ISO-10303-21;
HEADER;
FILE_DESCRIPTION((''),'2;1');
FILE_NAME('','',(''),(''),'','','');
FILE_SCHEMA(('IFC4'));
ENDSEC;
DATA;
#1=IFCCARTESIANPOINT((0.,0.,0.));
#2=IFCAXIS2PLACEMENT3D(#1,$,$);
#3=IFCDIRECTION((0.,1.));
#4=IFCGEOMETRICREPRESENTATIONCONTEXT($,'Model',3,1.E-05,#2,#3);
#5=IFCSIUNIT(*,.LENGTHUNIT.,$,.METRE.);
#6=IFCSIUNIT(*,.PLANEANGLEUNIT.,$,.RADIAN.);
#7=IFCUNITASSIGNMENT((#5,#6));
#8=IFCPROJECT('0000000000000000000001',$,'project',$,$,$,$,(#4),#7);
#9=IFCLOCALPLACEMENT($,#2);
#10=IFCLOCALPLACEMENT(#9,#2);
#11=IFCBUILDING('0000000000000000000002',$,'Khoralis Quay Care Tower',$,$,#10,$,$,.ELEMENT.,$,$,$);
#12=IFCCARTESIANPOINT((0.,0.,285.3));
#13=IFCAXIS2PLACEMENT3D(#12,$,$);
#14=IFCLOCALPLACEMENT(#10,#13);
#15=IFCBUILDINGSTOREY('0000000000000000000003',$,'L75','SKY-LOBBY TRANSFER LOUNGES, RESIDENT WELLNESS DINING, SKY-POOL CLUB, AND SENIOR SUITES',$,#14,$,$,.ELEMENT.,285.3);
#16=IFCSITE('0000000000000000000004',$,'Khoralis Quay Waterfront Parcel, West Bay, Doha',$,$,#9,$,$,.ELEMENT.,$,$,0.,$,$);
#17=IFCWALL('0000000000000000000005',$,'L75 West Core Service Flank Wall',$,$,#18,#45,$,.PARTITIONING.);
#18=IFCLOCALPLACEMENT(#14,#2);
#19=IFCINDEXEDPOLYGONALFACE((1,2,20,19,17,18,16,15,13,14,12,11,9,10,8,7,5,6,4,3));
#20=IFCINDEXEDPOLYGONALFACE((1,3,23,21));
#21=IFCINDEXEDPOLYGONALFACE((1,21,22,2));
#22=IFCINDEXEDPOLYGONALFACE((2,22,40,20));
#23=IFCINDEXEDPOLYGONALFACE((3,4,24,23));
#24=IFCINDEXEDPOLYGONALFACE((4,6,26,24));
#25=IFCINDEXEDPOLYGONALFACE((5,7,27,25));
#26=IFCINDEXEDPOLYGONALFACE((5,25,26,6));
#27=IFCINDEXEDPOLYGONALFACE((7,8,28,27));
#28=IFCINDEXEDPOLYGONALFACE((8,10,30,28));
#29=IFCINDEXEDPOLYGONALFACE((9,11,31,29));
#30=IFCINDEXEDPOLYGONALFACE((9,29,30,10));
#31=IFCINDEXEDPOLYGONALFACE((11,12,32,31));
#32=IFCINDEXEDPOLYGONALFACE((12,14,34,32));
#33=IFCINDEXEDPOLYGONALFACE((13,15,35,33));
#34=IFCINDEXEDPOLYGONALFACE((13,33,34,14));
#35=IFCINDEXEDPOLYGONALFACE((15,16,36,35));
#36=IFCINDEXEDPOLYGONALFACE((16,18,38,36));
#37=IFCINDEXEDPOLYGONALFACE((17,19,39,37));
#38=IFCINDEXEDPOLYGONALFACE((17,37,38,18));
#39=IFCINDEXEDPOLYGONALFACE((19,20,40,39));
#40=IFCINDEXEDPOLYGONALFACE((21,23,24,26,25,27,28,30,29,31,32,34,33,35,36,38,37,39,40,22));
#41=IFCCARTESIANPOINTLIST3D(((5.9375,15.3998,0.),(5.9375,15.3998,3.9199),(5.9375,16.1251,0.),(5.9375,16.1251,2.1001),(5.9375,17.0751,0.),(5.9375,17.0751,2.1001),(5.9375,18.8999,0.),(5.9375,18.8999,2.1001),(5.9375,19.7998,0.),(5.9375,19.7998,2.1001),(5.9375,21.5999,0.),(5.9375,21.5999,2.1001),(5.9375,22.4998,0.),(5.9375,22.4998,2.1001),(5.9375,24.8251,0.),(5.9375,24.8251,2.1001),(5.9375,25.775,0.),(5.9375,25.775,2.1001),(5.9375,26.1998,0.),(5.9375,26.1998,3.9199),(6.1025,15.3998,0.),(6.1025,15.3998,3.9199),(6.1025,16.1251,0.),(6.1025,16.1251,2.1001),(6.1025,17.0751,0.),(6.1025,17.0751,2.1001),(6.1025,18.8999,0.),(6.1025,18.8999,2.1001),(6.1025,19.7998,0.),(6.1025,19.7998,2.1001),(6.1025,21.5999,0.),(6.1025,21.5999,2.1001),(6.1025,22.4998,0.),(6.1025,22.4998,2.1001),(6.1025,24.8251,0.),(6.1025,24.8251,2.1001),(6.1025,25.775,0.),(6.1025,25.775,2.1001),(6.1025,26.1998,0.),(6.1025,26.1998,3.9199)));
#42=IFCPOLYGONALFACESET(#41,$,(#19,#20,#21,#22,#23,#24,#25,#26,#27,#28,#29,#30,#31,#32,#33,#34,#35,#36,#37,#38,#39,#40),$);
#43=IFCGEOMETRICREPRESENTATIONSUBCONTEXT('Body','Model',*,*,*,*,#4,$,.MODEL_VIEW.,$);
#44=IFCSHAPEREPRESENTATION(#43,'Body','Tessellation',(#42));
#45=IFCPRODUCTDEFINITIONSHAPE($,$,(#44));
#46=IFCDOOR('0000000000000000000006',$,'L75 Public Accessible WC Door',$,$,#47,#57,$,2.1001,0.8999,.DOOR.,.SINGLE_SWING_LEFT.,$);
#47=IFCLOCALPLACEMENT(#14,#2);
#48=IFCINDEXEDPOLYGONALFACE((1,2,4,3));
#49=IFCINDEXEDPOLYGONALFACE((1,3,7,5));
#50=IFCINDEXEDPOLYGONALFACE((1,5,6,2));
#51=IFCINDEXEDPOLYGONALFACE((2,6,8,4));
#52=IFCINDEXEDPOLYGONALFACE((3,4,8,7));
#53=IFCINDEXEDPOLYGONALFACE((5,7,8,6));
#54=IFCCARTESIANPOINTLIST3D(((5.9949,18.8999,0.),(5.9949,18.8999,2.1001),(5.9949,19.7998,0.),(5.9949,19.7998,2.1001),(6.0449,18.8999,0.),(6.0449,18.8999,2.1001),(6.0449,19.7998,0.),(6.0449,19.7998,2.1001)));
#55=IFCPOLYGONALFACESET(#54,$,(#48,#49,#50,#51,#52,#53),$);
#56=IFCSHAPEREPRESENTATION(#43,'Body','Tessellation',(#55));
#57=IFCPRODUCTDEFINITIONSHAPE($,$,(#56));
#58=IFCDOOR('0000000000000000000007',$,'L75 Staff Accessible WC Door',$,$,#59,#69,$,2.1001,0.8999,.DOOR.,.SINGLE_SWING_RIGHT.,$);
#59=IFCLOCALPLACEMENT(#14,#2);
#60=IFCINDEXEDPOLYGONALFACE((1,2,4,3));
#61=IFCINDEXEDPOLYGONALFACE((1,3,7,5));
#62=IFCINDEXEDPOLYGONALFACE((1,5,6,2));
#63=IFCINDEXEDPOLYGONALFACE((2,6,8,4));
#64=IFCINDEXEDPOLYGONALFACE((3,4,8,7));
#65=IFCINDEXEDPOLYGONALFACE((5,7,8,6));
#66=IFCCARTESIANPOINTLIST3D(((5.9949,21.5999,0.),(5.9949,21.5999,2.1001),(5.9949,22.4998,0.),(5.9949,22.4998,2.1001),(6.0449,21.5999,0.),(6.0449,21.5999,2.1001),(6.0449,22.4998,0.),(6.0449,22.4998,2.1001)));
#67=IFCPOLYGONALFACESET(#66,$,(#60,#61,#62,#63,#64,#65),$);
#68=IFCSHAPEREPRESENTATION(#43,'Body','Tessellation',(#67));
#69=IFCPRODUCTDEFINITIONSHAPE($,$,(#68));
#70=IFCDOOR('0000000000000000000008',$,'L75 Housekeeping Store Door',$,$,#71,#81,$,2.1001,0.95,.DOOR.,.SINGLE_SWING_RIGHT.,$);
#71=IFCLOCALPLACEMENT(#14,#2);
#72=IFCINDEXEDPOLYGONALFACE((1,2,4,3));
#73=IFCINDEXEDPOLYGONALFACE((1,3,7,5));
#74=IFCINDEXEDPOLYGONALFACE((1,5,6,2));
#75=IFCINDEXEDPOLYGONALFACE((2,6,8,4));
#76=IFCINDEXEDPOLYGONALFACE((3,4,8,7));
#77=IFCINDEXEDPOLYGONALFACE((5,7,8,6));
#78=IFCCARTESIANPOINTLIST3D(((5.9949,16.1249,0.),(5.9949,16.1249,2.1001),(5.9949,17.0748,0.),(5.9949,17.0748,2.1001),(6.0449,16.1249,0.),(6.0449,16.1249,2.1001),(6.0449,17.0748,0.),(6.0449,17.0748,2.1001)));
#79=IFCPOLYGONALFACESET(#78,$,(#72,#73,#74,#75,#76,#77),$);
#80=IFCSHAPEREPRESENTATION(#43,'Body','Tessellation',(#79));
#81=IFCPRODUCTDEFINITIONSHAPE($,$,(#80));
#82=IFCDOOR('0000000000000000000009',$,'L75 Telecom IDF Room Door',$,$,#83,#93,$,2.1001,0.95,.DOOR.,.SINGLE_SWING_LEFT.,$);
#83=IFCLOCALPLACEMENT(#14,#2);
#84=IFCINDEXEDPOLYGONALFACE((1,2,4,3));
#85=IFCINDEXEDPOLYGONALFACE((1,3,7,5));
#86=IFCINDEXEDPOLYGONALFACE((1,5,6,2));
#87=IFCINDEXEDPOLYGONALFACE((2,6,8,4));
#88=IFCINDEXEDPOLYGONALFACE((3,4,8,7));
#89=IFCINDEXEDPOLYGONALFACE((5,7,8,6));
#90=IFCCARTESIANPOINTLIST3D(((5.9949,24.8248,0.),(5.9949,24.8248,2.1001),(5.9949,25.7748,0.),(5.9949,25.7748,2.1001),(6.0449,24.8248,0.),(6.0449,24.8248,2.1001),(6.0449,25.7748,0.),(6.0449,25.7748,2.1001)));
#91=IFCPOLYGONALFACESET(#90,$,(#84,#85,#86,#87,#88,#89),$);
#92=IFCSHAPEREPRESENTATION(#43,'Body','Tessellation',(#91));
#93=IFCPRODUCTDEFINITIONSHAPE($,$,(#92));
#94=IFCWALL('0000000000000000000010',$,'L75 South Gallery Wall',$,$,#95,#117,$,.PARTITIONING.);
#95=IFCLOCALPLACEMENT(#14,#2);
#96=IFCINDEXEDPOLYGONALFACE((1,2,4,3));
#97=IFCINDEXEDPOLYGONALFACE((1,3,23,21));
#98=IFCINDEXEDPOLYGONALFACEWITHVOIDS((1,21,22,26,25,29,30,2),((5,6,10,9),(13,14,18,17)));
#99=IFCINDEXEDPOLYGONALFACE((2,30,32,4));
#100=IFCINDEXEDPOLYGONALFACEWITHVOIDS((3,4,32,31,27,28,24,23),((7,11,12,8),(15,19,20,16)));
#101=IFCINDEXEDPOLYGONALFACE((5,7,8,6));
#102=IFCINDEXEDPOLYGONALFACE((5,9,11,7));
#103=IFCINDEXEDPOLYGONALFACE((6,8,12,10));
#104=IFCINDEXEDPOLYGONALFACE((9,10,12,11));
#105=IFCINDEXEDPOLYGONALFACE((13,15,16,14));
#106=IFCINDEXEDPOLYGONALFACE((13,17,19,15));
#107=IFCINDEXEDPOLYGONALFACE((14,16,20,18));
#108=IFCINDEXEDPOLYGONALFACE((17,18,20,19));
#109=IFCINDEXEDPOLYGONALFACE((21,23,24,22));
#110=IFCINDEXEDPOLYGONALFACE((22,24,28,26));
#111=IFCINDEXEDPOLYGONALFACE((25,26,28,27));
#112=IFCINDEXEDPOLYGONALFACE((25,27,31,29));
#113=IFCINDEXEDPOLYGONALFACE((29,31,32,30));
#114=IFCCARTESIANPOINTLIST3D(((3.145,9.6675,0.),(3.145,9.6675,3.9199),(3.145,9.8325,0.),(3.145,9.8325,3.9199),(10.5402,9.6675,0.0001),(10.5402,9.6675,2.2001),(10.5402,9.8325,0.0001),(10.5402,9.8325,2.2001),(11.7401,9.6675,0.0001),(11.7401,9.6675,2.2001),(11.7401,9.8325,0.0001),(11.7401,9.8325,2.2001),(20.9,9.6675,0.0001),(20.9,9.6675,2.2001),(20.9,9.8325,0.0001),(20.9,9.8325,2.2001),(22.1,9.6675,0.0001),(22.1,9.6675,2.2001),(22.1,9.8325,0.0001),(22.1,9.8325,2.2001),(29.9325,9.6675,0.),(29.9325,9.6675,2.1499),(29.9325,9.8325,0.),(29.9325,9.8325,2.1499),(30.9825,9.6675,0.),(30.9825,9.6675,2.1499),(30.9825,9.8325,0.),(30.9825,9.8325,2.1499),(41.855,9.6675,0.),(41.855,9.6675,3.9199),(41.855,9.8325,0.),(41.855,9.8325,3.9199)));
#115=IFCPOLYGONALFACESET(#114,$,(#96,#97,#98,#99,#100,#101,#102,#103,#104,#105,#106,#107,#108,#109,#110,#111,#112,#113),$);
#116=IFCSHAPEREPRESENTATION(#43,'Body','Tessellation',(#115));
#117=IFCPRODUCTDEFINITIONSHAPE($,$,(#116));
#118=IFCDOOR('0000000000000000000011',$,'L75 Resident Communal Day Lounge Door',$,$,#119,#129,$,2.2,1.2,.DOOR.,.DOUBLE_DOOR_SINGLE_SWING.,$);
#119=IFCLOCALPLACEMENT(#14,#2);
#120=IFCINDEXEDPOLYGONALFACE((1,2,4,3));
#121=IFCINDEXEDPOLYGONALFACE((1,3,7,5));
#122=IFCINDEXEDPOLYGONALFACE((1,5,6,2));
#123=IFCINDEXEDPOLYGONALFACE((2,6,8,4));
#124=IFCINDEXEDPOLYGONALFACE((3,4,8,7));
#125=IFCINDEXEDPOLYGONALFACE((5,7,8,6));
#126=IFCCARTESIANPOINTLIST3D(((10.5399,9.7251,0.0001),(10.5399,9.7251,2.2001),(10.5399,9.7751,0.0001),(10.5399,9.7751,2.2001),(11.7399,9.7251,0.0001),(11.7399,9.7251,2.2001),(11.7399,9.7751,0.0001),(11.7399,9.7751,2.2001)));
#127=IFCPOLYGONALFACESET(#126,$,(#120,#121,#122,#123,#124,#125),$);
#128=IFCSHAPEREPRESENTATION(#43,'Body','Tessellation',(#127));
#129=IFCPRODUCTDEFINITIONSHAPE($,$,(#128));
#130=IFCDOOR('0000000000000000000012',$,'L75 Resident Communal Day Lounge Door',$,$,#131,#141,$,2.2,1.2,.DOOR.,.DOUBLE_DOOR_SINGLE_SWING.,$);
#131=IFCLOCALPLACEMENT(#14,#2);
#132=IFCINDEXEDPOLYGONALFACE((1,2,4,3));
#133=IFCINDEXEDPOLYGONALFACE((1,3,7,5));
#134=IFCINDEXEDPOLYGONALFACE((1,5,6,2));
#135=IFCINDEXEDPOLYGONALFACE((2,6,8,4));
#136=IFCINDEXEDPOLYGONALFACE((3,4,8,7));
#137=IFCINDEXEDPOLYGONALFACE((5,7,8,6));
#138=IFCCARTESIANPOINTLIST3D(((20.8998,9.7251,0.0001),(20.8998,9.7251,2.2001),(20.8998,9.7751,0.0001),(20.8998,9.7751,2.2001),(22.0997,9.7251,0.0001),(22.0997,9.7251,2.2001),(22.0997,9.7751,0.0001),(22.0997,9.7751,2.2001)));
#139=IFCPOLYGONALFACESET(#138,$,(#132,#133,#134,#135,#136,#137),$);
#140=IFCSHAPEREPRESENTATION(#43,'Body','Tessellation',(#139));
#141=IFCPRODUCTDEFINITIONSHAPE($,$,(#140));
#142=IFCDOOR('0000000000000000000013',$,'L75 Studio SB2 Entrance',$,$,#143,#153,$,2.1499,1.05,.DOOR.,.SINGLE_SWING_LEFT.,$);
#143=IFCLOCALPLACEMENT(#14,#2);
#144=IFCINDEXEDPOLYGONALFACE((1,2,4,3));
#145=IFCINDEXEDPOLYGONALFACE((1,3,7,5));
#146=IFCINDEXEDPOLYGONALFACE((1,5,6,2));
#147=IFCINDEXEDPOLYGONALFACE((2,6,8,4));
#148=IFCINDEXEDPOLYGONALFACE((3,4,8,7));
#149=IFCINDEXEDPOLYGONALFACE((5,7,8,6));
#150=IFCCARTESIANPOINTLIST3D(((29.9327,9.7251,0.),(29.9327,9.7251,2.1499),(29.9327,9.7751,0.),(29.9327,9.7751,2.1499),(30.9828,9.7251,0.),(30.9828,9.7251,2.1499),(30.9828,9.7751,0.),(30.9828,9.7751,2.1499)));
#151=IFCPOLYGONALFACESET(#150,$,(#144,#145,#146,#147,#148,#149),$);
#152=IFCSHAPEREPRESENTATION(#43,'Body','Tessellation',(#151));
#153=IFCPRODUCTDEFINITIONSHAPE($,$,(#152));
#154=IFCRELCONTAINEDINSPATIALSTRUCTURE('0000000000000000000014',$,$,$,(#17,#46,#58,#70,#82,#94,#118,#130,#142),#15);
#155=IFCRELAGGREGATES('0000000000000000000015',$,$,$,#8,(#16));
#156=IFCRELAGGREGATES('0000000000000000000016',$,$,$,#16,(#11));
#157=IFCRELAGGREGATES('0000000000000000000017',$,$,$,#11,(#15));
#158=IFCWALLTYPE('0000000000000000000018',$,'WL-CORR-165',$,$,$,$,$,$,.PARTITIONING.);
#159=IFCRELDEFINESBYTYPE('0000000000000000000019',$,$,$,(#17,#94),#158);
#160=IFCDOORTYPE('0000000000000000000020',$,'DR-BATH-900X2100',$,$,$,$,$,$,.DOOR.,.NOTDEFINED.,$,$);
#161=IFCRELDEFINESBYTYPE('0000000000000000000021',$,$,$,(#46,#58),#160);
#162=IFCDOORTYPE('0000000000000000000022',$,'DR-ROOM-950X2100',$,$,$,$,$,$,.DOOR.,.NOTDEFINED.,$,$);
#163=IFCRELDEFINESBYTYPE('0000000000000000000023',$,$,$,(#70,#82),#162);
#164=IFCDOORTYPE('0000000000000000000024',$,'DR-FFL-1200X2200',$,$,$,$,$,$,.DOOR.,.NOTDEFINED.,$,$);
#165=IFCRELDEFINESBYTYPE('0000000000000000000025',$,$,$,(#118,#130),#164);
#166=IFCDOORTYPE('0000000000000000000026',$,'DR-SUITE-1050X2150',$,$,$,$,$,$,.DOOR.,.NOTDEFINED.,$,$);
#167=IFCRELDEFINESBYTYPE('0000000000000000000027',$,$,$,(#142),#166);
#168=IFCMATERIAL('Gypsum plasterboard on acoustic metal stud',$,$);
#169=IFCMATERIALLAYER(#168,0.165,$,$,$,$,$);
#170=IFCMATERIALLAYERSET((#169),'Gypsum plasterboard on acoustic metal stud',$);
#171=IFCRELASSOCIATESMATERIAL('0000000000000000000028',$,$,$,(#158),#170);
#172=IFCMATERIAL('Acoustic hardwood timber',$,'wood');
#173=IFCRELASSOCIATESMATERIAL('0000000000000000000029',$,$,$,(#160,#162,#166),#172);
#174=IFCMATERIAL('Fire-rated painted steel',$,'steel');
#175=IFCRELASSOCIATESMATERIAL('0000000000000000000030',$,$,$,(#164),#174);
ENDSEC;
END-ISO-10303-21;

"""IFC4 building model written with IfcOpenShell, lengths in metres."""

from ifc_helpers import new_model, si_unit, direction, frame, frame_2d, origin, place, context, subcontext, project, spatial, rectangle, extrude, source, transform, mapped, material, layer, layer_set, type_object, element, fill, save


model = new_model("IFC4")

# Units and contexts
model_context = context("Model", 3, precision=1e-05, world=origin(), true_north=direction((0.0, 1.0)))
body_context = subcontext(model_context, "Body", "Model", "MODEL_VIEW")
ifc_project = project(units=[si_unit("LENGTHUNIT", "METRE"), si_unit("PLANEANGLEUNIT", "RADIAN")], contexts=[model_context])

# Site, building, storey
site_placement = place(None, origin())
site = spatial("IfcSite", under=ifc_project, at=site_placement, Name="Khoralis Quay Waterfront Parcel, West Bay, Doha", CompositionType="ELEMENT", RefElevation=0.0)
building_placement = place(site_placement, origin())
building = spatial("IfcBuilding", under=site, at=building_placement, Name="Khoralis Quay Care Tower", CompositionType="ELEMENT")
storey_placement = place(building_placement, frame((0.0, 0.0, 285.3)))
storey = spatial("IfcBuildingStorey", under=building, at=storey_placement, Name="L75", Description="SKY-LOBBY TRANSFER LOUNGES, RESIDENT WELLNESS DINING, SKY-POOL CLUB, AND SENIOR SUITES", CompositionType="ELEMENT", Elevation=285.3)

# Walls, openings, doors
ifc_material_1 = material(Name="Gypsum plasterboard on acoustic metal stud")
ifc_layer_1 = layer(ifc_material_1, 0.165)
ifc_layer_set_1 = layer_set([ifc_layer_1], Name="Gypsum plasterboard on acoustic metal stud")
wall_type_1 = type_object("IfcWallType", Name="WL-CORR-165", PredefinedType="PARTITIONING", material=ifc_layer_set_1)
wall_1_placement = place(storey_placement, frame((6.02, 15.3999, 0.0), z_axis=(0.0, 0.0, 1.0), x_axis=(0.0, 1.0, 0.0)))
wall_1 = element("IfcWall", 1, at=wall_1_placement, inside=storey, type_object=wall_type_1, Name="L75 West Core Service Flank Wall", PredefinedType="PARTITIONING", context=body_context, shape_type="SweptSolid", body=[
    extrude(rectangle(XDim=10.8, YDim=0.165, at=frame_2d((5.3999, 0.0))), origin(), (0.0, 0.0, 1.0), 3.9199),
])
opening_1_placement = place(wall_1_placement, frame((0.7251, 0.0, 0.0)))
opening_1 = element("IfcOpeningElement", 2, at=opening_1_placement, cuts=wall_1, PredefinedType="OPENING", context=body_context, shape_type="SweptSolid", body=[
    extrude(rectangle(XDim=0.95, YDim=2.1001, at=frame_2d((0.4751, 1.05))), frame((0.0, 0.0925, 0.0), z_axis=(0.0, -1.0, 0.0), x_axis=(1.0, 0.0, 0.0)), (0.0, 0.0, 1.0), 0.1851),
])
opening_2_placement = place(wall_1_placement, frame((3.5, 0.0, 0.0)))
opening_2 = element("IfcOpeningElement", 3, at=opening_2_placement, cuts=wall_1, PredefinedType="OPENING", context=body_context, shape_type="SweptSolid", body=[
    extrude(rectangle(XDim=0.8999, YDim=2.1001, at=frame_2d((0.45, 1.05))), frame((0.0, 0.0925, 0.0), z_axis=(0.0, -1.0, 0.0), x_axis=(1.0, 0.0, 0.0)), (0.0, 0.0, 1.0), 0.1851),
])
opening_3_placement = place(wall_1_placement, frame((6.2, 0.0, 0.0)))
opening_3 = element("IfcOpeningElement", 4, at=opening_3_placement, cuts=wall_1, PredefinedType="OPENING", context=body_context, shape_type="SweptSolid", body=[
    extrude(rectangle(XDim=0.8999, YDim=2.1001, at=frame_2d((0.45, 1.05))), frame((0.0, 0.0925, 0.0), z_axis=(0.0, -1.0, 0.0), x_axis=(1.0, 0.0, 0.0)), (0.0, 0.0, 1.0), 0.1851),
])
opening_4_placement = place(wall_1_placement, frame((9.425, 0.0, 0.0)))
opening_4 = element("IfcOpeningElement", 5, at=opening_4_placement, cuts=wall_1, PredefinedType="OPENING", context=body_context, shape_type="SweptSolid", body=[
    extrude(rectangle(XDim=0.95, YDim=2.1001, at=frame_2d((0.4751, 1.05))), frame((0.0, 0.0925, 0.0), z_axis=(0.0, -1.0, 0.0), x_axis=(1.0, 0.0, 0.0)), (0.0, 0.0, 1.0), 0.1851),
])
ifc_material_2 = material(Name="Acoustic hardwood timber", Category="wood")
door_type_1 = type_object("IfcDoorType", Name="DR-BATH-900X2100", OperationType="NOTDEFINED", PredefinedType="DOOR", material=ifc_material_2)
shared_shape_1 = source(origin(), body_context, "Body", "SweptSolid", [
    extrude(rectangle(XDim=0.8999, YDim=2.1001, at=frame_2d((0.45, 1.05))), frame((0.0, 0.0249, 0.0), z_axis=(0.0, -1.0, 0.0), x_axis=(1.0, 0.0, 0.0)), (0.0, 0.0, 1.0), 0.05),
])
door_1_placement = place(opening_2_placement, frame((0.8999, 0.0, 0.0), z_axis=(0.0, 0.0, 1.0), x_axis=(-1.0, 0.0, 0.0)))
door_1 = element("IfcDoor", 6, at=door_1_placement, inside=storey, type_object=door_type_1, Name="L75 Public Accessible WC Door", OperationType="SINGLE_SWING_LEFT", OverallHeight=2.1001, OverallWidth=0.8999, PredefinedType="DOOR", context=body_context, shape_type="MappedRepresentation", body=[
    mapped(shared_shape_1, transform((0.0, 0.0, 0.0), scale=1.0)),
])
fill(opening_2, door_1)
door_2_placement = place(opening_3_placement, frame((0.8999, 0.0, 0.0), z_axis=(0.0, 0.0, 1.0), x_axis=(-1.0, 0.0, 0.0)))
door_2 = element("IfcDoor", 7, at=door_2_placement, inside=storey, type_object=door_type_1, Name="L75 Staff Accessible WC Door", OperationType="SINGLE_SWING_RIGHT", OverallHeight=2.1001, OverallWidth=0.8999, PredefinedType="DOOR", context=body_context, shape_type="MappedRepresentation", body=[
    mapped(shared_shape_1, transform((0.0, 0.0, 0.0), scale=1.0)),
])
fill(opening_3, door_2)
door_type_2 = type_object("IfcDoorType", Name="DR-ROOM-950X2100", OperationType="NOTDEFINED", PredefinedType="DOOR", material=ifc_material_2)
shared_shape_2 = source(origin(), body_context, "Body", "SweptSolid", [
    extrude(rectangle(XDim=0.95, YDim=2.1001, at=frame_2d((0.4751, 1.05))), frame((0.0, 0.0249, 0.0), z_axis=(0.0, -1.0, 0.0), x_axis=(1.0, 0.0, 0.0)), (0.0, 0.0, 1.0), 0.05),
])
door_3_placement = place(opening_1_placement, frame((0.95, 0.0, 0.0), z_axis=(0.0, 0.0, 1.0), x_axis=(-1.0, 0.0, 0.0)))
door_3 = element("IfcDoor", 8, at=door_3_placement, inside=storey, type_object=door_type_2, Name="L75 Housekeeping Store Door", OperationType="SINGLE_SWING_RIGHT", OverallHeight=2.1001, OverallWidth=0.95, PredefinedType="DOOR", context=body_context, shape_type="MappedRepresentation", body=[
    mapped(shared_shape_2, transform((0.0, 0.0, 0.0), scale=1.0)),
])
fill(opening_1, door_3)
door_4_placement = place(opening_4_placement, frame((0.95, 0.0, 0.0), z_axis=(0.0, 0.0, 1.0), x_axis=(-1.0, 0.0, 0.0)))
door_4 = element("IfcDoor", 9, at=door_4_placement, inside=storey, type_object=door_type_2, Name="L75 Telecom IDF Room Door", OperationType="SINGLE_SWING_LEFT", OverallHeight=2.1001, OverallWidth=0.95, PredefinedType="DOOR", context=body_context, shape_type="MappedRepresentation", body=[
    mapped(shared_shape_2, transform((0.0, 0.0, 0.0), scale=1.0)),
])
fill(opening_4, door_4)
wall_2_placement = place(storey_placement, frame((3.145, 9.75, 0.0), z_axis=(0.0, 0.0, 1.0), x_axis=(1.0, 0.0, 0.0)))
wall_2 = element("IfcWall", 10, at=wall_2_placement, inside=storey, type_object=wall_type_1, Name="L75 South Gallery Wall", PredefinedType="PARTITIONING", context=body_context, shape_type="SweptSolid", body=[
    extrude(rectangle(XDim=38.71, YDim=0.165, at=frame_2d((19.355, 0.0))), origin(), (0.0, 0.0, 1.0), 3.9199),
])
opening_5_placement = place(wall_2_placement, frame((7.395, 0.0, 0.0)))
opening_5 = element("IfcOpeningElement", 11, at=opening_5_placement, cuts=wall_2, PredefinedType="OPENING", context=body_context, shape_type="SweptSolid", body=[
    extrude(rectangle(XDim=1.2, YDim=2.2, at=frame_2d((0.6001, 1.1001))), frame((0.0, 0.0925, 0.0), z_axis=(0.0, -1.0, 0.0), x_axis=(1.0, 0.0, 0.0)), (0.0, 0.0, 1.0), 0.1851),
])
opening_6_placement = place(wall_2_placement, frame((17.7549, 0.0, 0.0)))
opening_6 = element("IfcOpeningElement", 12, at=opening_6_placement, cuts=wall_2, PredefinedType="OPENING", context=body_context, shape_type="SweptSolid", body=[
    extrude(rectangle(XDim=1.2, YDim=2.2, at=frame_2d((0.6001, 1.1001))), frame((0.0, 0.0925, 0.0), z_axis=(0.0, -1.0, 0.0), x_axis=(1.0, 0.0, 0.0)), (0.0, 0.0, 1.0), 0.1851),
])
opening_7_placement = place(wall_2_placement, frame((26.7876, 0.0, 0.0)))
opening_7 = element("IfcOpeningElement", 13, at=opening_7_placement, cuts=wall_2, PredefinedType="OPENING", context=body_context, shape_type="SweptSolid", body=[
    extrude(rectangle(XDim=1.05, YDim=2.1499, at=frame_2d((0.5249, 1.075))), frame((0.0, 0.0925, 0.0), z_axis=(0.0, -1.0, 0.0), x_axis=(1.0, 0.0, 0.0)), (0.0, 0.0, 1.0), 0.1851),
])
ifc_material_3 = material(Name="Fire-rated painted steel", Category="steel")
door_type_3 = type_object("IfcDoorType", Name="DR-FFL-1200X2200", OperationType="NOTDEFINED", PredefinedType="DOOR", material=ifc_material_3)
shared_shape_3 = source(origin(), body_context, "Body", "SweptSolid", [
    extrude(rectangle(XDim=1.2, YDim=2.2, at=frame_2d((0.6001, 1.1001))), frame((0.0, 0.0249, 0.0), z_axis=(0.0, -1.0, 0.0), x_axis=(1.0, 0.0, 0.0)), (0.0, 0.0, 1.0), 0.05),
])
door_5_placement = place(opening_5_placement, frame((1.2, 0.0, 0.0), z_axis=(0.0, 0.0, 1.0), x_axis=(-1.0, 0.0, 0.0)))
door_5 = element("IfcDoor", 14, at=door_5_placement, inside=storey, type_object=door_type_3, Name="L75 Resident Communal Day Lounge Door", OperationType="DOUBLE_DOOR_SINGLE_SWING", OverallHeight=2.2, OverallWidth=1.2, PredefinedType="DOOR", context=body_context, shape_type="MappedRepresentation", body=[
    mapped(shared_shape_3, transform((0.0, 0.0, 0.0), scale=1.0)),
])
fill(opening_5, door_5)
door_6_placement = place(opening_6_placement, frame((1.2, 0.0, 0.0), z_axis=(0.0, 0.0, 1.0), x_axis=(-1.0, 0.0, 0.0)))
door_6 = element("IfcDoor", 15, at=door_6_placement, inside=storey, type_object=door_type_3, Name="L75 Resident Communal Day Lounge Door", OperationType="DOUBLE_DOOR_SINGLE_SWING", OverallHeight=2.2, OverallWidth=1.2, PredefinedType="DOOR", context=body_context, shape_type="MappedRepresentation", body=[
    mapped(shared_shape_3, transform((0.0, 0.0, 0.0), scale=1.0)),
])
fill(opening_6, door_6)
door_type_4 = type_object("IfcDoorType", Name="DR-SUITE-1050X2150", OperationType="NOTDEFINED", PredefinedType="DOOR", material=ifc_material_2)
shared_shape_4 = source(origin(), body_context, "Body", "SweptSolid", [
    extrude(rectangle(XDim=1.05, YDim=2.1499, at=frame_2d((0.5249, 1.075))), frame((0.0, 0.0249, 0.0), z_axis=(0.0, -1.0, 0.0), x_axis=(1.0, 0.0, 0.0)), (0.0, 0.0, 1.0), 0.05),
])
door_7_placement = place(opening_7_placement, frame((1.05, 0.0, 0.0), z_axis=(0.0, 0.0, 1.0), x_axis=(-1.0, 0.0, 0.0)))
door_7 = element("IfcDoor", 16, at=door_7_placement, inside=storey, type_object=door_type_4, Name="L75 Studio SB2 Entrance", OperationType="SINGLE_SWING_LEFT", OverallHeight=2.1499, OverallWidth=1.05, PredefinedType="DOOR", context=body_context, shape_type="MappedRepresentation", body=[
    mapped(shared_shape_4, transform((0.0, 0.0, 0.0), scale=1.0)),
])
fill(opening_7, door_7)

save(model, "model.ifc")
